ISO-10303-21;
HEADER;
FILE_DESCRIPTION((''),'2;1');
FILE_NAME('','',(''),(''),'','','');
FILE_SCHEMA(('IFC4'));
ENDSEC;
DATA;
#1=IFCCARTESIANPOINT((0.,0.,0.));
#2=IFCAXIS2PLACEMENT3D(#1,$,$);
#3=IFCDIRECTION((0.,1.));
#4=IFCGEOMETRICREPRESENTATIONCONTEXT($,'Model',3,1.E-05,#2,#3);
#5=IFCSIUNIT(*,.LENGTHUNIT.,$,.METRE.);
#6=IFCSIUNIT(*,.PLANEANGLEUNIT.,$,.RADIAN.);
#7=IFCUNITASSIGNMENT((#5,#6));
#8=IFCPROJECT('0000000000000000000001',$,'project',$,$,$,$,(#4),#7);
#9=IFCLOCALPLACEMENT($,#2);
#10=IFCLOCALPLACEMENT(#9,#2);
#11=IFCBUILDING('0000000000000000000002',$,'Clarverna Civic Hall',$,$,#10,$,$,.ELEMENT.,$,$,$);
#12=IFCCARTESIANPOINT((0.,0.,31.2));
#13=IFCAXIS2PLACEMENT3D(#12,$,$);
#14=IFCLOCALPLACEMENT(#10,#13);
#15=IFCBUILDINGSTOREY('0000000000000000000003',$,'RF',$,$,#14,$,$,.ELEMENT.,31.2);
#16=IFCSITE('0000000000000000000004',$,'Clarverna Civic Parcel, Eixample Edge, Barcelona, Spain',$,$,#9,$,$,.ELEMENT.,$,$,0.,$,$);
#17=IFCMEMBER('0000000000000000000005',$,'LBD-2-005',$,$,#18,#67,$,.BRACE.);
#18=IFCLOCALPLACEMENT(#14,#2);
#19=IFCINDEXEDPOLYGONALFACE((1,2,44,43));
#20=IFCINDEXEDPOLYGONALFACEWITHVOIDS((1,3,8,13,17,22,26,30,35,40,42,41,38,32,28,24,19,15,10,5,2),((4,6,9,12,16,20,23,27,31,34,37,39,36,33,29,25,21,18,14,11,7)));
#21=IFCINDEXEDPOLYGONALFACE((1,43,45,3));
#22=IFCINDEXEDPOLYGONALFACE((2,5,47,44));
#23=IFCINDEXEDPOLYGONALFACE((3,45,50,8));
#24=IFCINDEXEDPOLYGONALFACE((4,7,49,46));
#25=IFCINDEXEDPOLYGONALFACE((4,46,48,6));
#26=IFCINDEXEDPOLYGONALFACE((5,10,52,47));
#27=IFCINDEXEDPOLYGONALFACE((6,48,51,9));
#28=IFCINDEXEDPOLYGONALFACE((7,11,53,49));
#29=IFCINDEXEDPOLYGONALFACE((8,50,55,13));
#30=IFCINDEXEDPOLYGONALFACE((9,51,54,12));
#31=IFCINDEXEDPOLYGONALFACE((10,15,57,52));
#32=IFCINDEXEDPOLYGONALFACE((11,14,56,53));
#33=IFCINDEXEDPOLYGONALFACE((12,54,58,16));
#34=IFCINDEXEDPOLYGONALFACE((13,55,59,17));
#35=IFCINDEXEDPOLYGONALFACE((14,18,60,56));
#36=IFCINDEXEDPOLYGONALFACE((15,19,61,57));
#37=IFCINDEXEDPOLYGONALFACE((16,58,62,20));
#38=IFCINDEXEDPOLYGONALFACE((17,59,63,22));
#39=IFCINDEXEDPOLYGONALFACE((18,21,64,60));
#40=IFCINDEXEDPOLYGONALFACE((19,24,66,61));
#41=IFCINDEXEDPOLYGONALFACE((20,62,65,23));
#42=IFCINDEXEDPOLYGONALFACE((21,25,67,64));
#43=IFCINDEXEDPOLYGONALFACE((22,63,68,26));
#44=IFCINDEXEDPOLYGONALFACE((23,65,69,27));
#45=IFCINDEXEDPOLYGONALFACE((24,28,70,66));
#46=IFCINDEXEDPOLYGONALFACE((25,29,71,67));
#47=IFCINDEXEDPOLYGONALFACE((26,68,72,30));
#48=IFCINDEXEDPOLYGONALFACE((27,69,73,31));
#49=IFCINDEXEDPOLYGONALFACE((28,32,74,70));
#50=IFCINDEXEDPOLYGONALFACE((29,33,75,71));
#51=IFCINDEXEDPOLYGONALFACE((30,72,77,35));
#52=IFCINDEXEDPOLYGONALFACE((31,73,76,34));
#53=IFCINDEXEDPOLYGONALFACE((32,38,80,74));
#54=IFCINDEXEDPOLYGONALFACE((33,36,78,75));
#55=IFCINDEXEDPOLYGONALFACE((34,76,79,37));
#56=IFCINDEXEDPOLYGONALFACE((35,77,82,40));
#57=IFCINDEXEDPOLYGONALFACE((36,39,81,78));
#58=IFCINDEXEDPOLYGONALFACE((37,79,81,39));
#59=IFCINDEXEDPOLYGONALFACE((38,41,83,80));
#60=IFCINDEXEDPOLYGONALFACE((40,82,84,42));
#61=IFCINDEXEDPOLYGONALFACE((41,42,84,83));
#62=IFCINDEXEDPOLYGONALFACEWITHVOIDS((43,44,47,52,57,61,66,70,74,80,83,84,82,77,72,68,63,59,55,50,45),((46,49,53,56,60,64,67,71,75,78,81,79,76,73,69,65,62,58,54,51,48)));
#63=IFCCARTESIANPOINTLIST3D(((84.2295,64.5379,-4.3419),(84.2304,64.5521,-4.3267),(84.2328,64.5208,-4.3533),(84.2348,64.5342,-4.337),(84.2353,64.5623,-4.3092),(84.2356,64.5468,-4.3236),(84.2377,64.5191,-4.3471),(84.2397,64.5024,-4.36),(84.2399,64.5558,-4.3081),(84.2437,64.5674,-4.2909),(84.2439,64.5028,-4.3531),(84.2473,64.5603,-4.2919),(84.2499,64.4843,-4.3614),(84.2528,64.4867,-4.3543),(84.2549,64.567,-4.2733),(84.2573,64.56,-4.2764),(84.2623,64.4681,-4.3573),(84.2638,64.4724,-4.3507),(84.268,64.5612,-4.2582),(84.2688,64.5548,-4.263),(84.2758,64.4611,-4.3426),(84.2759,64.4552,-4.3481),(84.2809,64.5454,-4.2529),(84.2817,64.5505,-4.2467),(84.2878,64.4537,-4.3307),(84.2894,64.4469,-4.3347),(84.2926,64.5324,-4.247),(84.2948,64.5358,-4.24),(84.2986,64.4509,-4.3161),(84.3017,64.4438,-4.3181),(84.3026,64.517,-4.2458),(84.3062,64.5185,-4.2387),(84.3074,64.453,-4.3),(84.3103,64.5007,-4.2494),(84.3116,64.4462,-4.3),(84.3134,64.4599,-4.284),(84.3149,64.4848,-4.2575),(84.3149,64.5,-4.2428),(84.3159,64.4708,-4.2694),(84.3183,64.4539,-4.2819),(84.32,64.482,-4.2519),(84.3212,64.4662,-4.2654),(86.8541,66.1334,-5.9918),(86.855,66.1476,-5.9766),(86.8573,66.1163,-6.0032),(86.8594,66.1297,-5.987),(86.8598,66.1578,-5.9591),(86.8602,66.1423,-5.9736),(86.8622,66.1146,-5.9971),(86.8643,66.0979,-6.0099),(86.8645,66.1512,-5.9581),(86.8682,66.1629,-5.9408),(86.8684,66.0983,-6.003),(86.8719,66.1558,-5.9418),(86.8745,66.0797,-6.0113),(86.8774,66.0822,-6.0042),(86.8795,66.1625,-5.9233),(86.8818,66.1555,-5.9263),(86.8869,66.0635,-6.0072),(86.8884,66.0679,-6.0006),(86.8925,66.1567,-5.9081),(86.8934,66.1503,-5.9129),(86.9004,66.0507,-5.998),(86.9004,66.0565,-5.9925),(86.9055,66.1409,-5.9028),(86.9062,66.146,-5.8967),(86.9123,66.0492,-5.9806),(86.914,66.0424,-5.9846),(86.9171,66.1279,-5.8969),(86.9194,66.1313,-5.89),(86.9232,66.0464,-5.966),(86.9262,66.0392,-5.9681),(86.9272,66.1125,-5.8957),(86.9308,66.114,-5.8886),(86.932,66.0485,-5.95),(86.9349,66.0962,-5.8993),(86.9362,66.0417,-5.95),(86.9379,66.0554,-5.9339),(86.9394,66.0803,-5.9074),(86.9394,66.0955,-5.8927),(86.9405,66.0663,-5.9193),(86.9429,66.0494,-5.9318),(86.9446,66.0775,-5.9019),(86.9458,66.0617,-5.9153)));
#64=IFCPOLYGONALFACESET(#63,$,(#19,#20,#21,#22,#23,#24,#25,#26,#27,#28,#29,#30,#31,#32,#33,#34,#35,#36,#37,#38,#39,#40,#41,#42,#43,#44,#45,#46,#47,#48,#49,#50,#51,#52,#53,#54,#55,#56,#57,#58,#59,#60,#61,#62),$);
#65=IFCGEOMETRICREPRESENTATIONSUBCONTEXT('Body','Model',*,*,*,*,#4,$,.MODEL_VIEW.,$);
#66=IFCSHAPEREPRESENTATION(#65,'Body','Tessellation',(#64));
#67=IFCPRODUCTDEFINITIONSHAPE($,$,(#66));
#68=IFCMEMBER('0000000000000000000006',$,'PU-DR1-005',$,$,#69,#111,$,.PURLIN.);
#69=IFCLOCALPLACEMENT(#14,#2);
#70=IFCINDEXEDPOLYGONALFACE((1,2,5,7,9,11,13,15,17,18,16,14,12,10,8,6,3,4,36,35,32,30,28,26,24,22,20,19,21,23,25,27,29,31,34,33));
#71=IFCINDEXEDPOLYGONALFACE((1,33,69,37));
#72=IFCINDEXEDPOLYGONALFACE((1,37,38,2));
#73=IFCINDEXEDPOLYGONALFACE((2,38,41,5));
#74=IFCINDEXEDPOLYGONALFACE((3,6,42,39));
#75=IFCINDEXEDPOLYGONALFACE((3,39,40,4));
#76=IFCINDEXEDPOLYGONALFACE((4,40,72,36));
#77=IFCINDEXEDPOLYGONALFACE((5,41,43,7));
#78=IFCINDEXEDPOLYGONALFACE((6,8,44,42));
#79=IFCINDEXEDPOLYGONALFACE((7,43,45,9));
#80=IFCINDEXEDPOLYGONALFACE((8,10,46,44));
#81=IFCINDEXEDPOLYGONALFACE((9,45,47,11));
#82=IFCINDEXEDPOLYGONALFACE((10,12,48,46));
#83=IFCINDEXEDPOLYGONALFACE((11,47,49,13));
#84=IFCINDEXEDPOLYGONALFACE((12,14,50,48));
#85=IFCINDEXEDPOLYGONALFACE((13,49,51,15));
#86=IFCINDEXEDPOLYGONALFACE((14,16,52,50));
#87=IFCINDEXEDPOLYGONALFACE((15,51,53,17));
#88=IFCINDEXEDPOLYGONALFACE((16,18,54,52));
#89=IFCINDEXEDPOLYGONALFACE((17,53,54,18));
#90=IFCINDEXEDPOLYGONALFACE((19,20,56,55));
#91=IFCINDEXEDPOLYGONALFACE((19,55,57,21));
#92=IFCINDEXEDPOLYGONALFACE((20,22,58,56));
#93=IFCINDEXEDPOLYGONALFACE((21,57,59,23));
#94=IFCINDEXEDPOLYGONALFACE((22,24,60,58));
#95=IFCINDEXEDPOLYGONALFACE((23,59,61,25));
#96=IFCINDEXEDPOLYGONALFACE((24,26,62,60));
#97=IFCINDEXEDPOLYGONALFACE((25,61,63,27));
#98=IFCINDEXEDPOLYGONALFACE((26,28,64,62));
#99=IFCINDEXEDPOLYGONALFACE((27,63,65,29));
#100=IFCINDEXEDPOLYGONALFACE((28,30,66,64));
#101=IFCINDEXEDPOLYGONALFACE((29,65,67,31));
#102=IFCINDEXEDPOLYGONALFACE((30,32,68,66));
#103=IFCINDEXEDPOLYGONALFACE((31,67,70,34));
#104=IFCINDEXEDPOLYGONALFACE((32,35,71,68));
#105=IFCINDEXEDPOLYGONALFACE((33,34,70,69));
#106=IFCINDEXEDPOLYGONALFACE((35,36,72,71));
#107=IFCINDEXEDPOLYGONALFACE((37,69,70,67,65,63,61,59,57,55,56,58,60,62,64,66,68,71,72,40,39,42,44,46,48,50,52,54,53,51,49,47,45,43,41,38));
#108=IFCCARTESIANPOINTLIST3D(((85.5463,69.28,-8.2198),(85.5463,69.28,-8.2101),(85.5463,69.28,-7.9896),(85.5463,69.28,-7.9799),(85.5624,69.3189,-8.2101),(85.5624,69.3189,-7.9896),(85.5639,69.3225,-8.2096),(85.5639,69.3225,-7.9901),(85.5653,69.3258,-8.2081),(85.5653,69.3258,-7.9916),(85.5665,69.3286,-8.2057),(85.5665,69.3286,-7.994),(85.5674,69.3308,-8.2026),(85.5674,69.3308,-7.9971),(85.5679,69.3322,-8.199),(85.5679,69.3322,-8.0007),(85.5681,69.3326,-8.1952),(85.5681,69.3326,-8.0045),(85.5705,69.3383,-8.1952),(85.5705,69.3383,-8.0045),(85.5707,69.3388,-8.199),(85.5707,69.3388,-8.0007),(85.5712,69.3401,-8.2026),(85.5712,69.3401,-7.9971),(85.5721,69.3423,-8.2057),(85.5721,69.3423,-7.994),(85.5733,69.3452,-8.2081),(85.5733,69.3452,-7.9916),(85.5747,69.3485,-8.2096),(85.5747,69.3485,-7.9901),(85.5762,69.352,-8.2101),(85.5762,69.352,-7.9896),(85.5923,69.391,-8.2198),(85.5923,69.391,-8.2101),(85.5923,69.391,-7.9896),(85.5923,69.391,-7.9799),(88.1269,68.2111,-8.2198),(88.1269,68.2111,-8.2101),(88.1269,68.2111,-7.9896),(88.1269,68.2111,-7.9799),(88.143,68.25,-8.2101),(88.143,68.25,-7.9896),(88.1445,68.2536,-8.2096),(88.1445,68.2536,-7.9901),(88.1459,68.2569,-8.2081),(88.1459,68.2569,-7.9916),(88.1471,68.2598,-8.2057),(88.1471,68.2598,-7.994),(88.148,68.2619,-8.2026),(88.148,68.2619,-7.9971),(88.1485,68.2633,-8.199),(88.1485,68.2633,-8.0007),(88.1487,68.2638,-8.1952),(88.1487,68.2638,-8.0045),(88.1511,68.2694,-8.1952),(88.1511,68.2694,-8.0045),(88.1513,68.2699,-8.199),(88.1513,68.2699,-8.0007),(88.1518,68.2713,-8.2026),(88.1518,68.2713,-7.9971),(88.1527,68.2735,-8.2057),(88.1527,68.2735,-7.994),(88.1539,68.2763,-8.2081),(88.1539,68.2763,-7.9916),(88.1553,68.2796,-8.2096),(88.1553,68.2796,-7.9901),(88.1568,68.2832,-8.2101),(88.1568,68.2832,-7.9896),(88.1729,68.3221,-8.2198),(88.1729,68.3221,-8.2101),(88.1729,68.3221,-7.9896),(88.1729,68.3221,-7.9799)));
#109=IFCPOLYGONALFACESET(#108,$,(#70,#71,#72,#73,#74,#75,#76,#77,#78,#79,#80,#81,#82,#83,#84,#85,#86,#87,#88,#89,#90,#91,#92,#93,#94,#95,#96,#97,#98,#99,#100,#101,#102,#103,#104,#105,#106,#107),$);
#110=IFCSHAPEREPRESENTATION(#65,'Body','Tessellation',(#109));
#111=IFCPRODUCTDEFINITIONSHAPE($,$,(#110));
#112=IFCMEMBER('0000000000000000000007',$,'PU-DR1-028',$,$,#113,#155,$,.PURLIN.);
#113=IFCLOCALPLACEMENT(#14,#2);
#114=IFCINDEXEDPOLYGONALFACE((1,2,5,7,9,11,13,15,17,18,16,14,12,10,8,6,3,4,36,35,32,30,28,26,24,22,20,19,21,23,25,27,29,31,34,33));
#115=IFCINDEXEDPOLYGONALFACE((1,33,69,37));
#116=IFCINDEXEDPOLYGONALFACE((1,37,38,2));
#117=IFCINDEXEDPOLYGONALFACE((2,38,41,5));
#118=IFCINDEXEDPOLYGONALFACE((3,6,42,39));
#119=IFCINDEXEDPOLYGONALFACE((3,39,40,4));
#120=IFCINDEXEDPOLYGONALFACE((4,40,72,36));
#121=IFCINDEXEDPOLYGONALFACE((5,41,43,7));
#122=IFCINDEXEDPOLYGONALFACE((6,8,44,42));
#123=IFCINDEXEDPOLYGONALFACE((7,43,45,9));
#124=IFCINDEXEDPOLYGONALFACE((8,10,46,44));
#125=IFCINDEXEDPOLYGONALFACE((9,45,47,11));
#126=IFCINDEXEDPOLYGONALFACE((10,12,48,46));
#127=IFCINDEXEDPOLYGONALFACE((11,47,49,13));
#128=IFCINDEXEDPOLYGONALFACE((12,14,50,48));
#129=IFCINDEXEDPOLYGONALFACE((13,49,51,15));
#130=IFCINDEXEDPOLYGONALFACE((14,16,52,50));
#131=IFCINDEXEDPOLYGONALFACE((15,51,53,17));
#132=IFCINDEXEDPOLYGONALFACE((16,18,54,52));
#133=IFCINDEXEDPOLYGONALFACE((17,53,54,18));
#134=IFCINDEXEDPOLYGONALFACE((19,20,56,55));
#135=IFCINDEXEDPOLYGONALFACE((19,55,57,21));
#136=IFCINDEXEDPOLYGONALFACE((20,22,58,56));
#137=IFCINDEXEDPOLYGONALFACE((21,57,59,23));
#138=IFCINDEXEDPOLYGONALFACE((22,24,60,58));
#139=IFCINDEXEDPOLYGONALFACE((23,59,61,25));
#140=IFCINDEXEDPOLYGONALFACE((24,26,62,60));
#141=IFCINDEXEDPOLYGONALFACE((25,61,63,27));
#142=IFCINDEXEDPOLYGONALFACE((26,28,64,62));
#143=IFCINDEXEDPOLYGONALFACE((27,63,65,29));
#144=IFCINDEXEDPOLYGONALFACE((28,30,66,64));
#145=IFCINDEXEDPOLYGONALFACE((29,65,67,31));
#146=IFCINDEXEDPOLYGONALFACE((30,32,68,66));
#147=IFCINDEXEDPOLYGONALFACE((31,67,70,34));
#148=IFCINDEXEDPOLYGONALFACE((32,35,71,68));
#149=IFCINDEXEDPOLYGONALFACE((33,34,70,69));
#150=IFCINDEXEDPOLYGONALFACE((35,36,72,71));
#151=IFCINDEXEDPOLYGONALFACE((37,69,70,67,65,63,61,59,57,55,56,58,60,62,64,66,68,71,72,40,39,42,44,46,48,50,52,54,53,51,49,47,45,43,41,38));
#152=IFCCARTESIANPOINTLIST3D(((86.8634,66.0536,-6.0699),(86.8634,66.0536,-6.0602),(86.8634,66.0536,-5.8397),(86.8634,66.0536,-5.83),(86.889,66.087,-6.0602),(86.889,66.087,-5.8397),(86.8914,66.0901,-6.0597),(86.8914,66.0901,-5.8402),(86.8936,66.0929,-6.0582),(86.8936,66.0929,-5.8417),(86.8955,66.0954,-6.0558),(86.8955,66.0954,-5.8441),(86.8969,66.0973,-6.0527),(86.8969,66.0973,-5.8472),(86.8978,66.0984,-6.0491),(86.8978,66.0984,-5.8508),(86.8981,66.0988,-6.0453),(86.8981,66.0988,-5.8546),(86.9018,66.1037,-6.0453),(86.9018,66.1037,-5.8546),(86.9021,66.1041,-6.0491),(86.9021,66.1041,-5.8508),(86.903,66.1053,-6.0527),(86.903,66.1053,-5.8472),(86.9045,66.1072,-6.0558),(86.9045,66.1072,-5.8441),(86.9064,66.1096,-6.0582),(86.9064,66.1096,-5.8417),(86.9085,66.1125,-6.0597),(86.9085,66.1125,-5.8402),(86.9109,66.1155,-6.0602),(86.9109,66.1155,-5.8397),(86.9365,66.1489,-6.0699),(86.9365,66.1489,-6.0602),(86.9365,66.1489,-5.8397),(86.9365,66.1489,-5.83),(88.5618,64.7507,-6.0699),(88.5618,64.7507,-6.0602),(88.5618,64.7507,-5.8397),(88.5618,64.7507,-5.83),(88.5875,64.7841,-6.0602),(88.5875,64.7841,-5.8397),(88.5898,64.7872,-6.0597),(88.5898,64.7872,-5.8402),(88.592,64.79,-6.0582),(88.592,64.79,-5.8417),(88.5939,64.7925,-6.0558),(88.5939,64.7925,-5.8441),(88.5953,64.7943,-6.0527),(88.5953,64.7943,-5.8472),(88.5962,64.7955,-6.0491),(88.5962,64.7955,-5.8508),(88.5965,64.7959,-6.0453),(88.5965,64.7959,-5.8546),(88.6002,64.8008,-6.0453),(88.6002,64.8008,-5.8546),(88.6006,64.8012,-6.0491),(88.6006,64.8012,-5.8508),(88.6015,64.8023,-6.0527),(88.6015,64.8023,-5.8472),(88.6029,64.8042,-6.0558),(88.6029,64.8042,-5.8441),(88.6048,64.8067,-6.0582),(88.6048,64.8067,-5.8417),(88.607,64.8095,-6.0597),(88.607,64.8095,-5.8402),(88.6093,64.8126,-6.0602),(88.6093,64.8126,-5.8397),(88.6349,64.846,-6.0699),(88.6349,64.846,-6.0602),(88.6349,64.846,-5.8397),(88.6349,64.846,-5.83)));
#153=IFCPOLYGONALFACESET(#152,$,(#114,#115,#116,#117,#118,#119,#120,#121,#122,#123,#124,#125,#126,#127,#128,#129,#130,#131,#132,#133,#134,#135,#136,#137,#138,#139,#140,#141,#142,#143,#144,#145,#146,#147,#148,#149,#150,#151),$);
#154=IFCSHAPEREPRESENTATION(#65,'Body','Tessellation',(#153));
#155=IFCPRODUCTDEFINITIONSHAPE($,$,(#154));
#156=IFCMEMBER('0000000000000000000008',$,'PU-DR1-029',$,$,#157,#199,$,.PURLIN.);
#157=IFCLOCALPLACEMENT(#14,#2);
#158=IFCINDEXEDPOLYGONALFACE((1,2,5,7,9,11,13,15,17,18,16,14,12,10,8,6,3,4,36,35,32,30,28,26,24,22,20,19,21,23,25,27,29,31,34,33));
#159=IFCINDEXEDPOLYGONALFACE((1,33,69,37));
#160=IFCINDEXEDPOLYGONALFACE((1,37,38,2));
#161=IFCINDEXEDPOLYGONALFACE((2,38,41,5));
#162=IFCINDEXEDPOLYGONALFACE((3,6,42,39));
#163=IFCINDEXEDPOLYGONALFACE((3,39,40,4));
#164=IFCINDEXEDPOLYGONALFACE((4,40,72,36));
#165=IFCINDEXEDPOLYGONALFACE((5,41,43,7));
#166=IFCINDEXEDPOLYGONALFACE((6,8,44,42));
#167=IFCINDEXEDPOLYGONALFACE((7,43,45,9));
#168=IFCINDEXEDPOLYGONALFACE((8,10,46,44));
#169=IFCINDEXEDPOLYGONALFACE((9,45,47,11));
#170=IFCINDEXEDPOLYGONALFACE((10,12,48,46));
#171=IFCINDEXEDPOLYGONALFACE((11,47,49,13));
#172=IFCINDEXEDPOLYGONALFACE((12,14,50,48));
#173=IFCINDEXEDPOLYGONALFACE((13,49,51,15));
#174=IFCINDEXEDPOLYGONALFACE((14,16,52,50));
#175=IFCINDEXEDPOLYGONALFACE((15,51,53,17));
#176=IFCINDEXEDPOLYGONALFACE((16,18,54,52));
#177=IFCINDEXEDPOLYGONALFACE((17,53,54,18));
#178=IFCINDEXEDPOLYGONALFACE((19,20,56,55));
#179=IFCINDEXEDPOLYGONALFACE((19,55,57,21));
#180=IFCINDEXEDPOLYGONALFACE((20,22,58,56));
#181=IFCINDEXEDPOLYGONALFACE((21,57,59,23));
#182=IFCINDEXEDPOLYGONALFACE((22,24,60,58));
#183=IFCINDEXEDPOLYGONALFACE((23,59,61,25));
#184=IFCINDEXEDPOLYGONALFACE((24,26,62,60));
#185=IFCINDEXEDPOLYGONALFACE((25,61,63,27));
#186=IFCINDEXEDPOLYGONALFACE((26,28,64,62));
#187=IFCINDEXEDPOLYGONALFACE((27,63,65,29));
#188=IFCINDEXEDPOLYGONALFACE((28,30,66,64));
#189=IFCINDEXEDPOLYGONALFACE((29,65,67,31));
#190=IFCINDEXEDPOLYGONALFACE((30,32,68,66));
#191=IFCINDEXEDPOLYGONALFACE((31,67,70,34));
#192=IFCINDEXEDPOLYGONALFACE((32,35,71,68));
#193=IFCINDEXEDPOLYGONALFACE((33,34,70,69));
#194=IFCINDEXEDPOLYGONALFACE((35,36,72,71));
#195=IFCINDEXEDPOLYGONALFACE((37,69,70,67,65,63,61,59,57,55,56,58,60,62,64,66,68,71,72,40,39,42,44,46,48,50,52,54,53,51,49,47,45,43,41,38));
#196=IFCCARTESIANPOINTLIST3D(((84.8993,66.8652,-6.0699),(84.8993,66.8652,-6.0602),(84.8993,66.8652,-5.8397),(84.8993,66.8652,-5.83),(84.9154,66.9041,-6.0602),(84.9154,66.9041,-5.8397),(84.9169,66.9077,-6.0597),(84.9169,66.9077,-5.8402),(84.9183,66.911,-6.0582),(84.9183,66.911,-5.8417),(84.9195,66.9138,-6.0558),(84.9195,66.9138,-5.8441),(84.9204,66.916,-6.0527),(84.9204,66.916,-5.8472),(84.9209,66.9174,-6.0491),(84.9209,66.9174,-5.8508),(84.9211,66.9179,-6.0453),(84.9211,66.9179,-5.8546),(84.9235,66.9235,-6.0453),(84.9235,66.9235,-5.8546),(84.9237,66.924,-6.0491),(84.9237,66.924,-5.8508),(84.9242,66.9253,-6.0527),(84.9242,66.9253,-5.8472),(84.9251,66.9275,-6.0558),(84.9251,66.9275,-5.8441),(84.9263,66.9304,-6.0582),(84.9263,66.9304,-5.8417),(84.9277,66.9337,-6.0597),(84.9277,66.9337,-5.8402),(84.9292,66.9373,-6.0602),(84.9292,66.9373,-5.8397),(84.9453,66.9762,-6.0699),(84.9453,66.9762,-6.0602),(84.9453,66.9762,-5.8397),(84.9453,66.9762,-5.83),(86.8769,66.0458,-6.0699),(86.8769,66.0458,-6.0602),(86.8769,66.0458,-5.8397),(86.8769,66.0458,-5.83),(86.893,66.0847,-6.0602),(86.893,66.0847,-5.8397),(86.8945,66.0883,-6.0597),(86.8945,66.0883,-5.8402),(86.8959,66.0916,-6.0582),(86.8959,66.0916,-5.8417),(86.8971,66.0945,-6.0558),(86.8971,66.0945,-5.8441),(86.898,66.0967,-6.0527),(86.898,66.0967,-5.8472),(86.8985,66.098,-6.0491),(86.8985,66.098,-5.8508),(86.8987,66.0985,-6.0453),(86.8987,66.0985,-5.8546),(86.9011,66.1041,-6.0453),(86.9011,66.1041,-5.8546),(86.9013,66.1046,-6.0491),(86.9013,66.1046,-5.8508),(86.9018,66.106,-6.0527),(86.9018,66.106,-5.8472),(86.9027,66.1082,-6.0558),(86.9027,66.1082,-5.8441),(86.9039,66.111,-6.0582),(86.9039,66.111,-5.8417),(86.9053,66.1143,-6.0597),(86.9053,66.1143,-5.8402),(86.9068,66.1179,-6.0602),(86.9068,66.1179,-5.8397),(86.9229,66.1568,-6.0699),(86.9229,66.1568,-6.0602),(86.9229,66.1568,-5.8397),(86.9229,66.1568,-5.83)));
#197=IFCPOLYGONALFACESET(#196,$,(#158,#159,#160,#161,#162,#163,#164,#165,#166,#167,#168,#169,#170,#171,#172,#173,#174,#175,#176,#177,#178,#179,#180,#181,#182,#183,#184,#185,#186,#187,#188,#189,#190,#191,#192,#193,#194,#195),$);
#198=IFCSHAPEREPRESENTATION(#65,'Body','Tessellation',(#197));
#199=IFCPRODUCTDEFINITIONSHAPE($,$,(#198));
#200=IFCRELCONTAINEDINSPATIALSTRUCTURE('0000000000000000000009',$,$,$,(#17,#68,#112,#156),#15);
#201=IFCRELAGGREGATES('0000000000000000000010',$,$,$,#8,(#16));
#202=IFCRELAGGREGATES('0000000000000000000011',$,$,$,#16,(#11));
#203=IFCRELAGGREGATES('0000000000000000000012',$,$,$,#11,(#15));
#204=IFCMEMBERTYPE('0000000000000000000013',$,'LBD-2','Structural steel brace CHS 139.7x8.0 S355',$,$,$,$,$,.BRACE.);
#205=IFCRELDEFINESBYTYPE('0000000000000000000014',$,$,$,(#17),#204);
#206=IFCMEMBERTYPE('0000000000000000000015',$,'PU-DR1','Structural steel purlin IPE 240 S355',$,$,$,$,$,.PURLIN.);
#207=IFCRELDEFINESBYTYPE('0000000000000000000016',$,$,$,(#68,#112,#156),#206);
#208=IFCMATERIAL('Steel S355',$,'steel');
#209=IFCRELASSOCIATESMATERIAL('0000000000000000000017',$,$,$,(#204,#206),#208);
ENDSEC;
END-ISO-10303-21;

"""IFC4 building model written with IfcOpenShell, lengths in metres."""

from ifc_helpers import new_model, si_unit, direction, frame, origin, origin_2d, place, context, subcontext, project, spatial, hollow_circle, i_section, extrude, material, material_profile, profile_set, type_object, element, save


model = new_model("IFC4")

# Units and contexts
model_context = context("Model", 3, precision=1e-05, world=origin(), true_north=direction((0.0, 1.0)))
body_context = subcontext(model_context, "Body", "Model", "MODEL_VIEW")
ifc_project = project(units=[si_unit("LENGTHUNIT", "METRE"), si_unit("PLANEANGLEUNIT", "RADIAN")], contexts=[model_context])

# Site, building, storey
site_placement = place(None, origin())
site = spatial("IfcSite", under=ifc_project, at=site_placement, Name="Clarverna Civic Parcel, Eixample Edge, Barcelona, Spain", CompositionType="ELEMENT", RefElevation=0.0)
building_placement = place(site_placement, origin())
building = spatial("IfcBuilding", under=site, at=building_placement, Name="Clarverna Civic Hall", CompositionType="ELEMENT")
storey_placement = place(building_placement, frame((0.0, 0.0, 31.2)))
storey = spatial("IfcBuildingStorey", under=building, at=storey_placement, Name="RF", CompositionType="ELEMENT", Elevation=31.2)

# Members
ifc_material_1 = material(Name="Steel S355", Category="steel")
ifc_material_profile_1 = material_profile(ifc_material_1, hollow_circle(Radius=0.0698, WallThickness=0.0081, at=origin_2d()), Name="CHS 139.7x8.0")
ifc_profile_set_1 = profile_set([ifc_material_profile_1], Name="Steel S355")
member_type_1 = type_object("IfcMemberType", Name="LBD-2", Description="Structural steel brace CHS 139.7x8.0 S355", PredefinedType="BRACE", material=ifc_profile_set_1)
member_1_placement = place(storey_placement, frame((86.8999, 66.1013, -5.95), z_axis=(-0.752763, -0.45761, 0.473225), x_axis=(0.519455, -0.854498, 0.0)))
element("IfcMember", 1, at=member_1_placement, inside=storey, type_object=member_type_1, Name="LBD-2-005", PredefinedType="BRACE", context=body_context, shape_type="SweptSolid", body=[
    extrude(hollow_circle(Radius=0.0698, WallThickness=0.0081, at=origin_2d()), origin(), (0.0, 0.0, 1.0), 3.4866),
])
ifc_material_profile_2 = material_profile(ifc_material_1, i_section(OverallWidth=0.1201, OverallDepth=0.24, WebThickness=0.0061, FlangeThickness=0.0098, FilletRadius=0.0149, at=origin_2d()), Name="IPE 240")
ifc_profile_set_2 = profile_set([ifc_material_profile_2], Name="Steel S355")
member_type_2 = type_object("IfcMemberType", Name="PU-DR1", Description="Structural steel purlin IPE 240 S355", PredefinedType="PURLIN", material=ifc_profile_set_2)
member_2_placement = place(storey_placement, frame((88.1499, 68.2666, -8.0999), z_axis=(-0.923887, 0.382666, 0.0), x_axis=(-0.382666, -0.923887, 0.0)))
element("IfcMember", 2, at=member_2_placement, inside=storey, type_object=member_type_2, Name="PU-DR1-005", PredefinedType="PURLIN", context=body_context, shape_type="SweptSolid", body=[
    extrude(i_section(OverallWidth=0.1201, OverallDepth=0.24, WebThickness=0.0061, FlangeThickness=0.0098, FilletRadius=0.0149, at=origin_2d()), origin(), (0.0, 0.0, 1.0), 2.7932),
])
for number, where, z_axis, x_axis, name in (
    (3, (88.5984, 64.7983, -5.95), (-0.793425, 0.608669, 0.0), (-0.608669, -0.793425, 0.0), "PU-DR1-028"),
    (4, (86.8999, 66.1013, -5.95), (-0.923844, 0.382768, 0.0), (-0.382768, -0.923844, 0.0), "PU-DR1-029"),
):
    element("IfcMember", number, at=place(storey_placement, frame(where, z_axis=z_axis, x_axis=x_axis)), inside=storey, type_object=member_type_2, Name=name, PredefinedType="PURLIN", context=body_context, shape_type="SweptSolid", body=[
        extrude(i_section(OverallWidth=0.1201, OverallDepth=0.24, WebThickness=0.0061, FlangeThickness=0.0098, FilletRadius=0.0149, at=origin_2d()), origin(), (0.0, 0.0, 1.0), 2.1406),
    ])

save(model, "model.ifc")
